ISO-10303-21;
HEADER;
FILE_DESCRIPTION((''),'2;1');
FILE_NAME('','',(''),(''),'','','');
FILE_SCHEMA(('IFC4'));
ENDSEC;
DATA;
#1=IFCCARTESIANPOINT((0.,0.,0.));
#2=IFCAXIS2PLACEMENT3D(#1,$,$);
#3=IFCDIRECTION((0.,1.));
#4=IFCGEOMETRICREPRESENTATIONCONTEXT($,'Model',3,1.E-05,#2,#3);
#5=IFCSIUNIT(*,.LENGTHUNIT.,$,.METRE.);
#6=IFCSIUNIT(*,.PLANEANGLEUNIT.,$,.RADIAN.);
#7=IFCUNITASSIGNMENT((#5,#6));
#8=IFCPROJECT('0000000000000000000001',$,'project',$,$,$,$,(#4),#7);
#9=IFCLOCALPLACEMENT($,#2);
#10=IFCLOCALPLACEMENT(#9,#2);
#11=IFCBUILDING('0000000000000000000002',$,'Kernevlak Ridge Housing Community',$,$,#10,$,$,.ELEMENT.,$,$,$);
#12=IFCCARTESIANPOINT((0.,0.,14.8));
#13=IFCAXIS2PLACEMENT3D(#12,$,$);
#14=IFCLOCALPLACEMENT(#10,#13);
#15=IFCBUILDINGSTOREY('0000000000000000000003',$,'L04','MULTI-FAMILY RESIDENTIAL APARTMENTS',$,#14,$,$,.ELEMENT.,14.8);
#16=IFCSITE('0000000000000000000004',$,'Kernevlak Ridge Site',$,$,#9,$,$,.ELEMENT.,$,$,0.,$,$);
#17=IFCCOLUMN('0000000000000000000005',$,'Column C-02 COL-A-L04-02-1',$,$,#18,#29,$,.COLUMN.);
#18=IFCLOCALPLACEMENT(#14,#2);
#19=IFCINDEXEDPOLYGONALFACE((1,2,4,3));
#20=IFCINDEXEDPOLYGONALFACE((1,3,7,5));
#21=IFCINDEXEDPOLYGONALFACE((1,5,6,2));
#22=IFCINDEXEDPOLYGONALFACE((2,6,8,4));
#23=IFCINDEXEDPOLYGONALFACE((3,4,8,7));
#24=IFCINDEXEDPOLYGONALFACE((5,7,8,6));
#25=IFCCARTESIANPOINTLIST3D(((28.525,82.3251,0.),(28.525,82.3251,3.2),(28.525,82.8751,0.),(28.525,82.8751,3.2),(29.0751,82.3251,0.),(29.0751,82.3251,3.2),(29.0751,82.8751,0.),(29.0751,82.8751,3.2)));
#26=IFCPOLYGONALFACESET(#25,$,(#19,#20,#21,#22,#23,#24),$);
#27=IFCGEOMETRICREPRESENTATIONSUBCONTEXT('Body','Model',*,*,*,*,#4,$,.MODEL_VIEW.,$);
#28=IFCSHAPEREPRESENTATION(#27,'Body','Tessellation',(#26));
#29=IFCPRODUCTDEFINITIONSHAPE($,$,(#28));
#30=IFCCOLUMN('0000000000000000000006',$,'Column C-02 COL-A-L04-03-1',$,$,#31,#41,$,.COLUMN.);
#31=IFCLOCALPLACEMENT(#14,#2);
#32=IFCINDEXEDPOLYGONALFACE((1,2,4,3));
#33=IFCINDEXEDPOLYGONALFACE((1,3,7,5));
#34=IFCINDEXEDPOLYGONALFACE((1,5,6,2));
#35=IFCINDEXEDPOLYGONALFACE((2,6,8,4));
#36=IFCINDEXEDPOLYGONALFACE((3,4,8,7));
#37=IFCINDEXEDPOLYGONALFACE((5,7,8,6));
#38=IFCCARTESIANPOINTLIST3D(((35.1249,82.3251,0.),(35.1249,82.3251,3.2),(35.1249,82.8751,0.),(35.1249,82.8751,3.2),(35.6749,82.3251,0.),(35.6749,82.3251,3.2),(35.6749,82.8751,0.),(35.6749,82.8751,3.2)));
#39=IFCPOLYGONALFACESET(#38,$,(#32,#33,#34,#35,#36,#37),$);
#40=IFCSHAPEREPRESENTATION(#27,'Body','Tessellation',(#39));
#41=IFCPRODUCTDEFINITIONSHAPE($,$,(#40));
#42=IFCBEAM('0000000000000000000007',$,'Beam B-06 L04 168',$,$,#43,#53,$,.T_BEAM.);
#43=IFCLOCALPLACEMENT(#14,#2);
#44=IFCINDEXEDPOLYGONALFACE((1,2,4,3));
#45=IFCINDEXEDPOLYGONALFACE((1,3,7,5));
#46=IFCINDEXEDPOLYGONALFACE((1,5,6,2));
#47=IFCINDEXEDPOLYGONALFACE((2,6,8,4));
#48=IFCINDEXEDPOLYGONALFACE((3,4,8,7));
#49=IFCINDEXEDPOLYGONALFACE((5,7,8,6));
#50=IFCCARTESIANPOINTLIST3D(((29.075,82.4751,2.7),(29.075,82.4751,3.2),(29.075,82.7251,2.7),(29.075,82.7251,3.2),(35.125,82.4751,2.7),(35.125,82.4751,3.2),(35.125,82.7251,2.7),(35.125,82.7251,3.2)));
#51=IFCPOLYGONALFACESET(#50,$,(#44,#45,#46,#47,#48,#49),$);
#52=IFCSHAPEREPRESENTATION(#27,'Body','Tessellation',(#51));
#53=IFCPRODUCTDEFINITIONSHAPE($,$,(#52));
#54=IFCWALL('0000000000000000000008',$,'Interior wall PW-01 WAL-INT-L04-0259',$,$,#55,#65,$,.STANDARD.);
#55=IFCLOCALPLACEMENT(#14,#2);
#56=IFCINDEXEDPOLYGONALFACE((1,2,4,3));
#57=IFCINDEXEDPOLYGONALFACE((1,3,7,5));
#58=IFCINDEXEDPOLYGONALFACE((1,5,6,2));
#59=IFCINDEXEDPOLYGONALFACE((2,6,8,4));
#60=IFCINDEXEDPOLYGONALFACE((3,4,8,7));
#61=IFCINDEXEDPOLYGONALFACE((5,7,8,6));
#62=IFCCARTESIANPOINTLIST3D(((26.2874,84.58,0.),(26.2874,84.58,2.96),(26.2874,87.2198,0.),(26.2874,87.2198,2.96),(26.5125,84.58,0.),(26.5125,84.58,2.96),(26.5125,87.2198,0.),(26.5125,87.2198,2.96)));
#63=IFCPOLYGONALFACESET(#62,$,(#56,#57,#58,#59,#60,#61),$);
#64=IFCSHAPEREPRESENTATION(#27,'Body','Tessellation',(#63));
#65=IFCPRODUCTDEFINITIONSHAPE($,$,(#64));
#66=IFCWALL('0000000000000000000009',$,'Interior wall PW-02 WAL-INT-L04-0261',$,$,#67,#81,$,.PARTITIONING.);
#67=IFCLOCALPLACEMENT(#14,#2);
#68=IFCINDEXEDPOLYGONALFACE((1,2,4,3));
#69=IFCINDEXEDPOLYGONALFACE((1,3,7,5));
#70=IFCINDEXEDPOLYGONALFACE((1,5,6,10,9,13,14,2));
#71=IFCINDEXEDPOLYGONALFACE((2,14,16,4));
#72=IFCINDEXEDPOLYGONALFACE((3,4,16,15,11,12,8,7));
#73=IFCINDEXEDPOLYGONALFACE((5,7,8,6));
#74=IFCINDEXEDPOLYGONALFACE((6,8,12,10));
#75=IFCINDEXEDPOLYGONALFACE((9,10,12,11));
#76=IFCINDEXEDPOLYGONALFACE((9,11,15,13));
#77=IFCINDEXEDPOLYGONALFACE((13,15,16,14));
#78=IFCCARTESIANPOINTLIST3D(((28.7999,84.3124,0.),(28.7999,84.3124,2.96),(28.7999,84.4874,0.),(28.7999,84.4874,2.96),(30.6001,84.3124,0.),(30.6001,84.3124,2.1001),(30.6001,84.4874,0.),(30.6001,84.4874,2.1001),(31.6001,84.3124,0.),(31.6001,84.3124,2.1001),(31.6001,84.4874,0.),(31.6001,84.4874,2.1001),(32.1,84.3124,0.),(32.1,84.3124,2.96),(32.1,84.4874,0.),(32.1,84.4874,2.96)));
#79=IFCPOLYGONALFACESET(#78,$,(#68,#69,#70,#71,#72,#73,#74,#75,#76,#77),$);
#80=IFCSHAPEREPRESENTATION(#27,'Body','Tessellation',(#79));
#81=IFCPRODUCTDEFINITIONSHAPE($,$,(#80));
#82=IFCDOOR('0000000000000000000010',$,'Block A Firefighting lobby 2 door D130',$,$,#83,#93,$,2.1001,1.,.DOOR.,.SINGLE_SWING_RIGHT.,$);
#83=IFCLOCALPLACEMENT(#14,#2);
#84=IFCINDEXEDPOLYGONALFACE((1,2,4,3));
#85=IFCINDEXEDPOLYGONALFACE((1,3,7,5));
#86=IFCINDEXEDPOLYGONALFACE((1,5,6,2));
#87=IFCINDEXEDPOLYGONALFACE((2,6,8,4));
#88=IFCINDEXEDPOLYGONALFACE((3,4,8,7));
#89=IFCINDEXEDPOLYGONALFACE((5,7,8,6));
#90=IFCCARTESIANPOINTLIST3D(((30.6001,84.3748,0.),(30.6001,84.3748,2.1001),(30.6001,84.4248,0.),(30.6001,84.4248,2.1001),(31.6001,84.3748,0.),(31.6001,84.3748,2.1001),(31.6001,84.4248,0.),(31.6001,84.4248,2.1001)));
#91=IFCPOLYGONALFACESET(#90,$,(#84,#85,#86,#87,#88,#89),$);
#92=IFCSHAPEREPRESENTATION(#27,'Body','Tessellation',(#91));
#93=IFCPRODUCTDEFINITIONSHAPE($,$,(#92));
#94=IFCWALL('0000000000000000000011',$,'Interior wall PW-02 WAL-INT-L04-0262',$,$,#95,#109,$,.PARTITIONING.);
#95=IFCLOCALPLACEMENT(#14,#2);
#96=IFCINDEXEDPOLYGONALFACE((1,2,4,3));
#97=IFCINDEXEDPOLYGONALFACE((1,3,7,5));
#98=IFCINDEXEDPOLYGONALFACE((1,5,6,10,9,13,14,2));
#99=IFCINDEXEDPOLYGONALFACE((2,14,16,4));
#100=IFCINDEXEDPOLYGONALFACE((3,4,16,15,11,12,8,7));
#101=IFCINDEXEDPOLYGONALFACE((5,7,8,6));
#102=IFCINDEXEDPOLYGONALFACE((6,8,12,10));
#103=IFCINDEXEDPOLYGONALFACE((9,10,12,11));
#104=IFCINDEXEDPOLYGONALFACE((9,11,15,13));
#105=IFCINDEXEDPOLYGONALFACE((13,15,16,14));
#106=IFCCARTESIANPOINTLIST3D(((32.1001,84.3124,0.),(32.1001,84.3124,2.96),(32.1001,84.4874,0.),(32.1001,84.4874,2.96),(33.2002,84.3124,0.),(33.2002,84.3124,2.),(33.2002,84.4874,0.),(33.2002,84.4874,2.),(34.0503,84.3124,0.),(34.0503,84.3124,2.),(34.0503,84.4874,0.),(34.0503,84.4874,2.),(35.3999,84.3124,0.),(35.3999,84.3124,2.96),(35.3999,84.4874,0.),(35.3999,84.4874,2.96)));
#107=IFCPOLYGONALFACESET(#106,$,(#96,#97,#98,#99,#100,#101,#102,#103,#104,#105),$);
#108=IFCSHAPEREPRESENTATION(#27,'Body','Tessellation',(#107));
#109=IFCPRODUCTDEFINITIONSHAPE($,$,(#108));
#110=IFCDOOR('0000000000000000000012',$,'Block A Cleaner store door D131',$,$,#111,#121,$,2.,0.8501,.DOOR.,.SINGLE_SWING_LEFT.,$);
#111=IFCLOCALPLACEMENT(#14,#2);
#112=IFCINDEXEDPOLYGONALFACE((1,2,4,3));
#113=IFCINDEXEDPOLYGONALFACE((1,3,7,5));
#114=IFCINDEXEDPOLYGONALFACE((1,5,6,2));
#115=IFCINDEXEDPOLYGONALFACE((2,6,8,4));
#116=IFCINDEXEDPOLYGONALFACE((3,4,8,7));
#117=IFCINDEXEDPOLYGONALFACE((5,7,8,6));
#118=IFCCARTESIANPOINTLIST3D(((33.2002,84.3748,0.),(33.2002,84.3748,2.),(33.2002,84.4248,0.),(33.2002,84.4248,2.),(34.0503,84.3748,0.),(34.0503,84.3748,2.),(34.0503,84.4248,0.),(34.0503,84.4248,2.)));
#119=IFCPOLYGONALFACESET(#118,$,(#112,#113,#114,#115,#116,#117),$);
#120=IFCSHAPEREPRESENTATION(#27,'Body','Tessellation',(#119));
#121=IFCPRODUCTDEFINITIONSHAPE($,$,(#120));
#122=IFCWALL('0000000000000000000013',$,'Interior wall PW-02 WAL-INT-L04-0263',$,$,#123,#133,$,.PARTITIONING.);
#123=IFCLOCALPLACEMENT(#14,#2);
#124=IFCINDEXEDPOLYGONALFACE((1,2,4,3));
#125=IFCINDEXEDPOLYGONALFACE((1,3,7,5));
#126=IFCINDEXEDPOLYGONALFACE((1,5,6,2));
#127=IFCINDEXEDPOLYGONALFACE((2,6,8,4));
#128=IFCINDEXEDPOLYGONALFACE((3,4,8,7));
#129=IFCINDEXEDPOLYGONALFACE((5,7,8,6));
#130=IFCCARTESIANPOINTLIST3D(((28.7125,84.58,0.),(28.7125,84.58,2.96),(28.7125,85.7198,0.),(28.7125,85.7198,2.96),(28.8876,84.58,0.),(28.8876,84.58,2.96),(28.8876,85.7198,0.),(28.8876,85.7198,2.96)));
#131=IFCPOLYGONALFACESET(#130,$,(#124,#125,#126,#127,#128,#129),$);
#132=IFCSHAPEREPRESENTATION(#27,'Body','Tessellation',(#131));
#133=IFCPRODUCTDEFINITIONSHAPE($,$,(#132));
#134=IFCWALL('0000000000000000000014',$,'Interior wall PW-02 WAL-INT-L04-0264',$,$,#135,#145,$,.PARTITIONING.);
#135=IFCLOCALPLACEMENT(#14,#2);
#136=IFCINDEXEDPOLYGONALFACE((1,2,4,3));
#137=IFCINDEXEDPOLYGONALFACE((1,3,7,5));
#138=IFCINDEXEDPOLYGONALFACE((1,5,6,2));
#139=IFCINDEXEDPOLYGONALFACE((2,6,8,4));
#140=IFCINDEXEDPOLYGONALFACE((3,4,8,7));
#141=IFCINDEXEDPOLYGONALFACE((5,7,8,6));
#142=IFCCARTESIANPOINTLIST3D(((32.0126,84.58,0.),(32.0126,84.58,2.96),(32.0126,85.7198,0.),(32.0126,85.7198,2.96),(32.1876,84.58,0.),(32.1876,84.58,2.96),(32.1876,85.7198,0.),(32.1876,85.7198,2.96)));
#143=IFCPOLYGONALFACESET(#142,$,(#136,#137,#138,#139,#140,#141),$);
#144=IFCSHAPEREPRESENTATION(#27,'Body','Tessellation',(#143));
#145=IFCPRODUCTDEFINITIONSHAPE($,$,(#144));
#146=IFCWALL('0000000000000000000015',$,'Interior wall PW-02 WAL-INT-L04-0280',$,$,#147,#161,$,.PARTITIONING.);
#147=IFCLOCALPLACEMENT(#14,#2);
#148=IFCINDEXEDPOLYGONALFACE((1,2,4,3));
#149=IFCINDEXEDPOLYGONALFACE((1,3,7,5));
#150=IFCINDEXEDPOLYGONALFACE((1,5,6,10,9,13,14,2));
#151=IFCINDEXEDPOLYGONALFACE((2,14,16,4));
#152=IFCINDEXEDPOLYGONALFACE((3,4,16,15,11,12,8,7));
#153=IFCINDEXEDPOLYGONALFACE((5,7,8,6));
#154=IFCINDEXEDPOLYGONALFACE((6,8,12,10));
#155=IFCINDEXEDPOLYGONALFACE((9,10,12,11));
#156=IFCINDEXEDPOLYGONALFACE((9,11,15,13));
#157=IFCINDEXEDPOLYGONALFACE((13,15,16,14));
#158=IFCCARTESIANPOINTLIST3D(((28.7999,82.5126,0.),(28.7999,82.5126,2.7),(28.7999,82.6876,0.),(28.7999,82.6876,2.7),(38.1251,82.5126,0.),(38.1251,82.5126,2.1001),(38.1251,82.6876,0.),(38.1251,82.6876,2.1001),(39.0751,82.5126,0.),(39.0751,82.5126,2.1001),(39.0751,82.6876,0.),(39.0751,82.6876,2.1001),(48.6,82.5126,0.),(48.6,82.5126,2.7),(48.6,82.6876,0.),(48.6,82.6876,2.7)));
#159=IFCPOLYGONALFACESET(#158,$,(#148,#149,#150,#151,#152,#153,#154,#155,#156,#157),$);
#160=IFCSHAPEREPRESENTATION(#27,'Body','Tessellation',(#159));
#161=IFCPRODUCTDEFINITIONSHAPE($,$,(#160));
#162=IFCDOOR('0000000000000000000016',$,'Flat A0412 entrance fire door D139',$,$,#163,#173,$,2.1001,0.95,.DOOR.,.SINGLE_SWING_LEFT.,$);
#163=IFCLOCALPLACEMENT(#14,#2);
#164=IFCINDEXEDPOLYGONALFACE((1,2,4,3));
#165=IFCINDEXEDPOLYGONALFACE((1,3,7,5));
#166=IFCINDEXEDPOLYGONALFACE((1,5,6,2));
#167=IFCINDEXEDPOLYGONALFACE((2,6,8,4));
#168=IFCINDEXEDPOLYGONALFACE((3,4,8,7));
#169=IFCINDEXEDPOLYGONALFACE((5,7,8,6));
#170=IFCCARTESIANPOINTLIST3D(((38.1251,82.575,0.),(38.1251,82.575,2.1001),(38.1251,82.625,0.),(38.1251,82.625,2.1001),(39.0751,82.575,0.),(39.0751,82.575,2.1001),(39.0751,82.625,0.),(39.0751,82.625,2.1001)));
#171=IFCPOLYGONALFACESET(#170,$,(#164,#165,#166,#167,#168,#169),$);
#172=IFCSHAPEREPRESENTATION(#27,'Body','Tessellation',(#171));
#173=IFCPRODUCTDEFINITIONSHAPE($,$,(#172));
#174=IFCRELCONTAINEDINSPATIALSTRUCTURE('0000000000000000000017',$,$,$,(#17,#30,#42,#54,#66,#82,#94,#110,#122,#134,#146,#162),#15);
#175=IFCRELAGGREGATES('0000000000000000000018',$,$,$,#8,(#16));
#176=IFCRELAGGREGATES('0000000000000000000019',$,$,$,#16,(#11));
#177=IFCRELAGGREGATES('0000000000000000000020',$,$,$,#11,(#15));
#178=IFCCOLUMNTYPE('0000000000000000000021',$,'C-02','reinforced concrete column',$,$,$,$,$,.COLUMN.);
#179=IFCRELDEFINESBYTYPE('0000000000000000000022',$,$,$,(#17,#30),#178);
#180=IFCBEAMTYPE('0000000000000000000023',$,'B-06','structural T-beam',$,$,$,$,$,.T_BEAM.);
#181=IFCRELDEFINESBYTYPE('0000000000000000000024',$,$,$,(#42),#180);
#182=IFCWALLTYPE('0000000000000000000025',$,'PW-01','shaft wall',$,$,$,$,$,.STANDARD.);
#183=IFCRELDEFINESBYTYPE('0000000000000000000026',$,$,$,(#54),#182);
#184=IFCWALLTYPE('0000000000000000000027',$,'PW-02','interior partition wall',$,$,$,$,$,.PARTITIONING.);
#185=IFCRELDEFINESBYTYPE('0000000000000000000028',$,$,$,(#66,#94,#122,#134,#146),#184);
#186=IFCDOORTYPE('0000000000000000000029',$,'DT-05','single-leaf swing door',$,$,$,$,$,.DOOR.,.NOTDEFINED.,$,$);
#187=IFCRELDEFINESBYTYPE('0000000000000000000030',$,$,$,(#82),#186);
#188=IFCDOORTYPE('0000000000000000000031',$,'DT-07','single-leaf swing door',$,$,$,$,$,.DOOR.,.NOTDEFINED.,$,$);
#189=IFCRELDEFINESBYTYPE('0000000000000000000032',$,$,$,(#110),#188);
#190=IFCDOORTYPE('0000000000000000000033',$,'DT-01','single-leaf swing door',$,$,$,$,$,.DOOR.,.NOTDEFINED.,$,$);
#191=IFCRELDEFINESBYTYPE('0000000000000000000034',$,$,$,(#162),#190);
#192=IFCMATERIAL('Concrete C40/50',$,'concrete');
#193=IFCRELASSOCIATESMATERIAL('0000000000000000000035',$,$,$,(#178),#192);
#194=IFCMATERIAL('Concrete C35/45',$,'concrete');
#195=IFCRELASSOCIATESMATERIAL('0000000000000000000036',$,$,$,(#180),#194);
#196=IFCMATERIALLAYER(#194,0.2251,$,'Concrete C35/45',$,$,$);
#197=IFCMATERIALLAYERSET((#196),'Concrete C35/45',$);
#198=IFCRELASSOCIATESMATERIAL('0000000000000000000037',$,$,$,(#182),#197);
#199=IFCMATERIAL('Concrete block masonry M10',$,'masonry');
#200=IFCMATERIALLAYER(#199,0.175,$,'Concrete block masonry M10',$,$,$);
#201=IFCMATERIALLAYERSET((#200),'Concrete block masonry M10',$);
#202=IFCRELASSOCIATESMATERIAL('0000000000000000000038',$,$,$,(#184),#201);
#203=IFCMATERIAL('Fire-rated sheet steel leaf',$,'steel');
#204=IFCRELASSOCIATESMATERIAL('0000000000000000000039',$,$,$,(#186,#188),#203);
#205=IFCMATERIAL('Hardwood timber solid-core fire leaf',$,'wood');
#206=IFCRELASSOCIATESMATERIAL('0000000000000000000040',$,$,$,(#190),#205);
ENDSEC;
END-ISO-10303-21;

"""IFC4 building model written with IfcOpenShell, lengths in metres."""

from ifc_helpers import new_model, si_unit, direction, frame, frame_2d, origin, origin_2d, place, context, subcontext, project, spatial, rectangle, extrude, material, layer, layer_set, material_profile, profile_set, type_object, element, fill, save


model = new_model("IFC4")

# Units and contexts
model_context = context("Model", 3, precision=1e-05, world=origin(), true_north=direction((0.0, 1.0)))
body_context = subcontext(model_context, "Body", "Model", "MODEL_VIEW")
ifc_project = project(units=[si_unit("LENGTHUNIT", "METRE"), si_unit("PLANEANGLEUNIT", "RADIAN")], contexts=[model_context])

# Site, building, storey
site_placement = place(None, origin())
site = spatial("IfcSite", under=ifc_project, at=site_placement, Name="Kernevlak Ridge Site", CompositionType="ELEMENT", RefElevation=0.0)
building_placement = place(site_placement, origin())
building = spatial("IfcBuilding", under=site, at=building_placement, Name="Kernevlak Ridge Housing Community", CompositionType="ELEMENT")
storey_placement = place(building_placement, frame((0.0, 0.0, 14.8)))
storey = spatial("IfcBuildingStorey", under=building, at=storey_placement, Name="L04", Description="MULTI-FAMILY RESIDENTIAL APARTMENTS", CompositionType="ELEMENT", Elevation=14.8)

# Columns
ifc_material_1 = material(Name="Concrete C40/50", Category="concrete")
ifc_material_profile_1 = material_profile(ifc_material_1, rectangle(XDim=0.55, YDim=0.55, at=origin_2d()), Name="RC 550x550")
ifc_profile_set_1 = profile_set([ifc_material_profile_1], Name="Concrete C40/50")
column_type = type_object("IfcColumnType", Name="C-02", Description="reinforced concrete column", PredefinedType="COLUMN", material=ifc_profile_set_1)
for number, where, z_axis, x_axis, name in (
    (1, (28.8, 82.6001, 0.0), (0.0, 0.0, 1.0), (1.0, 0.0, 0.0), "Column C-02 COL-A-L04-02-1"),
    (2, (35.3999, 82.6001, 0.0), (0.0, 0.0, 1.0), (1.0, 0.0, 0.0), "Column C-02 COL-A-L04-03-1"),
):
    element("IfcColumn", number, at=place(storey_placement, frame(where, z_axis=z_axis, x_axis=x_axis)), inside=storey, type_object=column_type, Name=name, PredefinedType="COLUMN", context=body_context, shape_type="SweptSolid", body=[
        extrude(rectangle(XDim=0.55, YDim=0.55, at=origin_2d()), origin(), (0.0, 0.0, 1.0), 3.2),
    ])

# Beam
ifc_material_2 = material(Name="Concrete C35/45", Category="concrete")
ifc_material_profile_2 = material_profile(ifc_material_2, rectangle(XDim=0.25, YDim=0.5, at=origin_2d()), Name="RC 250x500")
ifc_profile_set_2 = profile_set([ifc_material_profile_2], Name="Concrete C35/45")
beam_type = type_object("IfcBeamType", Name="B-06", Description="structural T-beam", PredefinedType="T_BEAM", material=ifc_profile_set_2)
beam_placement = place(storey_placement, frame((29.075, 82.6001, 2.95), z_axis=(1.0, 0.0, 0.0), x_axis=(0.0, 1.0, 0.0)))
element("IfcBeam", 3, at=beam_placement, inside=storey, type_object=beam_type, Name="Beam B-06 L04 168", PredefinedType="T_BEAM", context=body_context, shape_type="SweptSolid", body=[
    extrude(rectangle(XDim=0.25, YDim=0.5, at=origin_2d()), origin(), (0.0, 0.0, 1.0), 6.05),
])

# Wall
ifc_layer_1 = layer(ifc_material_2, 0.2251, Name="Concrete C35/45")
ifc_layer_set_1 = layer_set([ifc_layer_1], Name="Concrete C35/45")
wall_type_1 = type_object("IfcWallType", Name="PW-01", Description="shaft wall", PredefinedType="STANDARD", material=ifc_layer_set_1)
wall_1_placement = place(storey_placement, frame((26.3999, 84.5801, 0.0), z_axis=(0.0, 0.0, 1.0), x_axis=(0.0, 1.0, 0.0)))
element("IfcWall", 4, at=wall_1_placement, inside=storey, type_object=wall_type_1, Name="Interior wall PW-01 WAL-INT-L04-0259", PredefinedType="STANDARD", context=body_context, shape_type="SweptSolid", body=[
    extrude(rectangle(XDim=2.6399, YDim=0.2251, at=frame_2d((1.3198, 0.0))), origin(), (0.0, 0.0, 1.0), 2.96),
])

# Walls, openings, doors
ifc_material_3 = material(Name="Concrete block masonry M10", Category="masonry")
ifc_layer_2 = layer(ifc_material_3, 0.175, Name="Concrete block masonry M10")
ifc_layer_set_2 = layer_set([ifc_layer_2], Name="Concrete block masonry M10")
wall_type_2 = type_object("IfcWallType", Name="PW-02", Description="interior partition wall", PredefinedType="PARTITIONING", material=ifc_layer_set_2)
wall_2_placement = place(storey_placement, frame((28.8, 84.3999, 0.0), z_axis=(0.0, 0.0, 1.0), x_axis=(1.0, 0.0, 0.0)))
wall_2 = element("IfcWall", 5, at=wall_2_placement, inside=storey, type_object=wall_type_2, Name="Interior wall PW-02 WAL-INT-L04-0261", PredefinedType="PARTITIONING", context=body_context, shape_type="SweptSolid", body=[
    extrude(rectangle(XDim=3.3, YDim=0.175, at=frame_2d((1.6499, 0.0))), origin(), (0.0, 0.0, 1.0), 2.96),
])
opening_1_placement = place(wall_2_placement, frame((1.8, 0.0, 0.0)))
opening_1 = element("IfcOpeningElement", 6, at=opening_1_placement, cuts=wall_2, PredefinedType="OPENING", context=body_context, shape_type="SweptSolid", body=[
    extrude(rectangle(XDim=1.0, YDim=2.1001, at=frame_2d((0.5, 1.05))), frame((0.0, 0.0974, 0.0), z_axis=(0.0, -1.0, 0.0), x_axis=(1.0, 0.0, 0.0)), (0.0, 0.0, 1.0), 0.1951),
])
ifc_material_4 = material(Name="Fire-rated sheet steel leaf", Category="steel")
door_type_1 = type_object("IfcDoorType", Name="DT-05", Description="single-leaf swing door", OperationType="NOTDEFINED", PredefinedType="DOOR", material=ifc_material_4)
door_1_placement = place(opening_1_placement, origin())
door_1 = element("IfcDoor", 7, at=door_1_placement, inside=storey, type_object=door_type_1, Name="Block A Firefighting lobby 2 door D130", OperationType="SINGLE_SWING_RIGHT", OverallHeight=2.1001, OverallWidth=1.0, PredefinedType="DOOR", context=body_context, shape_type="SweptSolid", body=[
    extrude(rectangle(XDim=1.0, YDim=2.1001, at=frame_2d((0.5, 1.05))), frame((0.0, 0.0249, 0.0), z_axis=(0.0, -1.0, 0.0), x_axis=(1.0, 0.0, 0.0)), (0.0, 0.0, 1.0), 0.05),
])
fill(opening_1, door_1)
wall_3_placement = place(storey_placement, frame((32.1001, 84.3999, 0.0), z_axis=(0.0, 0.0, 1.0), x_axis=(1.0, 0.0, 0.0)))
wall_3 = element("IfcWall", 8, at=wall_3_placement, inside=storey, type_object=wall_type_2, Name="Interior wall PW-02 WAL-INT-L04-0262", PredefinedType="PARTITIONING", context=body_context, shape_type="SweptSolid", body=[
    extrude(rectangle(XDim=3.2998, YDim=0.175, at=frame_2d((1.6499, 0.0))), origin(), (0.0, 0.0, 1.0), 2.96),
])
opening_2_placement = place(wall_3_placement, frame((1.1001, 0.0, 0.0)))
opening_2 = element("IfcOpeningElement", 9, at=opening_2_placement, cuts=wall_3, PredefinedType="OPENING", context=body_context, shape_type="SweptSolid", body=[
    extrude(rectangle(XDim=0.8501, YDim=2.0, at=frame_2d((0.425, 1.0))), frame((0.0, 0.0974, 0.0), z_axis=(0.0, -1.0, 0.0), x_axis=(1.0, 0.0, 0.0)), (0.0, 0.0, 1.0), 0.1951),
])
door_type_2 = type_object("IfcDoorType", Name="DT-07", Description="single-leaf swing door", OperationType="NOTDEFINED", PredefinedType="DOOR", material=ifc_material_4)
door_2_placement = place(opening_2_placement, origin())
door_2 = element("IfcDoor", 10, at=door_2_placement, inside=storey, type_object=door_type_2, Name="Block A Cleaner store door D131", OperationType="SINGLE_SWING_LEFT", OverallHeight=2.0, OverallWidth=0.8501, PredefinedType="DOOR", context=body_context, shape_type="SweptSolid", body=[
    extrude(rectangle(XDim=0.8501, YDim=2.0, at=frame_2d((0.425, 1.0))), frame((0.0, 0.0249, 0.0), z_axis=(0.0, -1.0, 0.0), x_axis=(1.0, 0.0, 0.0)), (0.0, 0.0, 1.0), 0.05),
])
fill(opening_2, door_2)

# Walls
for number, where, z_axis, x_axis, name in (
    (11, (28.8, 84.5801, 0.0), (0.0, 0.0, 1.0), (0.0, 1.0, 0.0), "Interior wall PW-02 WAL-INT-L04-0263"),
    (12, (32.1001, 84.5801, 0.0), (0.0, 0.0, 1.0), (0.0, 1.0, 0.0), "Interior wall PW-02 WAL-INT-L04-0264"),
):
    element("IfcWall", number, at=place(storey_placement, frame(where, z_axis=z_axis, x_axis=x_axis)), inside=storey, type_object=wall_type_2, Name=name, PredefinedType="PARTITIONING", context=body_context, shape_type="SweptSolid", body=[
        extrude(rectangle(XDim=1.1399, YDim=0.175, at=frame_2d((0.5698, 0.0))), origin(), (0.0, 0.0, 1.0), 2.96),
    ])

# Wall, opening, door
wall_4_placement = place(storey_placement, frame((28.8, 82.6001, 0.0), z_axis=(0.0, 0.0, 1.0), x_axis=(1.0, 0.0, 0.0)))
wall_4 = element("IfcWall", 13, at=wall_4_placement, inside=storey, type_object=wall_type_2, Name="Interior wall PW-02 WAL-INT-L04-0280", PredefinedType="PARTITIONING", context=body_context, shape_type="SweptSolid", body=[
    extrude(rectangle(XDim=19.8, YDim=0.175, at=frame_2d((9.8999, 0.0))), origin(), (0.0, 0.0, 1.0), 2.7),
])
opening_3_placement = place(wall_4_placement, frame((9.325, 0.0, 0.0)))
opening_3 = element("IfcOpeningElement", 14, at=opening_3_placement, cuts=wall_4, PredefinedType="OPENING", context=body_context, shape_type="SweptSolid", body=[
    extrude(rectangle(XDim=0.95, YDim=2.1001, at=frame_2d((0.4751, 1.05))), frame((0.0, 0.0974, 0.0), z_axis=(0.0, -1.0, 0.0), x_axis=(1.0, 0.0, 0.0)), (0.0, 0.0, 1.0), 0.1951),
])
ifc_material_5 = material(Name="Hardwood timber solid-core fire leaf", Category="wood")
door_type_3 = type_object("IfcDoorType", Name="DT-01", Description="single-leaf swing door", OperationType="NOTDEFINED", PredefinedType="DOOR", material=ifc_material_5)
door_3_placement = place(opening_3_placement, origin())
door_3 = element("IfcDoor", 15, at=door_3_placement, inside=storey, type_object=door_type_3, Name="Flat A0412 entrance fire door D139", OperationType="SINGLE_SWING_LEFT", OverallHeight=2.1001, OverallWidth=0.95, PredefinedType="DOOR", context=body_context, shape_type="SweptSolid", body=[
    extrude(rectangle(XDim=0.95, YDim=2.1001, at=frame_2d((0.4751, 1.05))), frame((0.0, 0.0249, 0.0), z_axis=(0.0, -1.0, 0.0), x_axis=(1.0, 0.0, 0.0)), (0.0, 0.0, 1.0), 0.05),
])
fill(opening_3, door_3)

save(model, "model.ifc")
